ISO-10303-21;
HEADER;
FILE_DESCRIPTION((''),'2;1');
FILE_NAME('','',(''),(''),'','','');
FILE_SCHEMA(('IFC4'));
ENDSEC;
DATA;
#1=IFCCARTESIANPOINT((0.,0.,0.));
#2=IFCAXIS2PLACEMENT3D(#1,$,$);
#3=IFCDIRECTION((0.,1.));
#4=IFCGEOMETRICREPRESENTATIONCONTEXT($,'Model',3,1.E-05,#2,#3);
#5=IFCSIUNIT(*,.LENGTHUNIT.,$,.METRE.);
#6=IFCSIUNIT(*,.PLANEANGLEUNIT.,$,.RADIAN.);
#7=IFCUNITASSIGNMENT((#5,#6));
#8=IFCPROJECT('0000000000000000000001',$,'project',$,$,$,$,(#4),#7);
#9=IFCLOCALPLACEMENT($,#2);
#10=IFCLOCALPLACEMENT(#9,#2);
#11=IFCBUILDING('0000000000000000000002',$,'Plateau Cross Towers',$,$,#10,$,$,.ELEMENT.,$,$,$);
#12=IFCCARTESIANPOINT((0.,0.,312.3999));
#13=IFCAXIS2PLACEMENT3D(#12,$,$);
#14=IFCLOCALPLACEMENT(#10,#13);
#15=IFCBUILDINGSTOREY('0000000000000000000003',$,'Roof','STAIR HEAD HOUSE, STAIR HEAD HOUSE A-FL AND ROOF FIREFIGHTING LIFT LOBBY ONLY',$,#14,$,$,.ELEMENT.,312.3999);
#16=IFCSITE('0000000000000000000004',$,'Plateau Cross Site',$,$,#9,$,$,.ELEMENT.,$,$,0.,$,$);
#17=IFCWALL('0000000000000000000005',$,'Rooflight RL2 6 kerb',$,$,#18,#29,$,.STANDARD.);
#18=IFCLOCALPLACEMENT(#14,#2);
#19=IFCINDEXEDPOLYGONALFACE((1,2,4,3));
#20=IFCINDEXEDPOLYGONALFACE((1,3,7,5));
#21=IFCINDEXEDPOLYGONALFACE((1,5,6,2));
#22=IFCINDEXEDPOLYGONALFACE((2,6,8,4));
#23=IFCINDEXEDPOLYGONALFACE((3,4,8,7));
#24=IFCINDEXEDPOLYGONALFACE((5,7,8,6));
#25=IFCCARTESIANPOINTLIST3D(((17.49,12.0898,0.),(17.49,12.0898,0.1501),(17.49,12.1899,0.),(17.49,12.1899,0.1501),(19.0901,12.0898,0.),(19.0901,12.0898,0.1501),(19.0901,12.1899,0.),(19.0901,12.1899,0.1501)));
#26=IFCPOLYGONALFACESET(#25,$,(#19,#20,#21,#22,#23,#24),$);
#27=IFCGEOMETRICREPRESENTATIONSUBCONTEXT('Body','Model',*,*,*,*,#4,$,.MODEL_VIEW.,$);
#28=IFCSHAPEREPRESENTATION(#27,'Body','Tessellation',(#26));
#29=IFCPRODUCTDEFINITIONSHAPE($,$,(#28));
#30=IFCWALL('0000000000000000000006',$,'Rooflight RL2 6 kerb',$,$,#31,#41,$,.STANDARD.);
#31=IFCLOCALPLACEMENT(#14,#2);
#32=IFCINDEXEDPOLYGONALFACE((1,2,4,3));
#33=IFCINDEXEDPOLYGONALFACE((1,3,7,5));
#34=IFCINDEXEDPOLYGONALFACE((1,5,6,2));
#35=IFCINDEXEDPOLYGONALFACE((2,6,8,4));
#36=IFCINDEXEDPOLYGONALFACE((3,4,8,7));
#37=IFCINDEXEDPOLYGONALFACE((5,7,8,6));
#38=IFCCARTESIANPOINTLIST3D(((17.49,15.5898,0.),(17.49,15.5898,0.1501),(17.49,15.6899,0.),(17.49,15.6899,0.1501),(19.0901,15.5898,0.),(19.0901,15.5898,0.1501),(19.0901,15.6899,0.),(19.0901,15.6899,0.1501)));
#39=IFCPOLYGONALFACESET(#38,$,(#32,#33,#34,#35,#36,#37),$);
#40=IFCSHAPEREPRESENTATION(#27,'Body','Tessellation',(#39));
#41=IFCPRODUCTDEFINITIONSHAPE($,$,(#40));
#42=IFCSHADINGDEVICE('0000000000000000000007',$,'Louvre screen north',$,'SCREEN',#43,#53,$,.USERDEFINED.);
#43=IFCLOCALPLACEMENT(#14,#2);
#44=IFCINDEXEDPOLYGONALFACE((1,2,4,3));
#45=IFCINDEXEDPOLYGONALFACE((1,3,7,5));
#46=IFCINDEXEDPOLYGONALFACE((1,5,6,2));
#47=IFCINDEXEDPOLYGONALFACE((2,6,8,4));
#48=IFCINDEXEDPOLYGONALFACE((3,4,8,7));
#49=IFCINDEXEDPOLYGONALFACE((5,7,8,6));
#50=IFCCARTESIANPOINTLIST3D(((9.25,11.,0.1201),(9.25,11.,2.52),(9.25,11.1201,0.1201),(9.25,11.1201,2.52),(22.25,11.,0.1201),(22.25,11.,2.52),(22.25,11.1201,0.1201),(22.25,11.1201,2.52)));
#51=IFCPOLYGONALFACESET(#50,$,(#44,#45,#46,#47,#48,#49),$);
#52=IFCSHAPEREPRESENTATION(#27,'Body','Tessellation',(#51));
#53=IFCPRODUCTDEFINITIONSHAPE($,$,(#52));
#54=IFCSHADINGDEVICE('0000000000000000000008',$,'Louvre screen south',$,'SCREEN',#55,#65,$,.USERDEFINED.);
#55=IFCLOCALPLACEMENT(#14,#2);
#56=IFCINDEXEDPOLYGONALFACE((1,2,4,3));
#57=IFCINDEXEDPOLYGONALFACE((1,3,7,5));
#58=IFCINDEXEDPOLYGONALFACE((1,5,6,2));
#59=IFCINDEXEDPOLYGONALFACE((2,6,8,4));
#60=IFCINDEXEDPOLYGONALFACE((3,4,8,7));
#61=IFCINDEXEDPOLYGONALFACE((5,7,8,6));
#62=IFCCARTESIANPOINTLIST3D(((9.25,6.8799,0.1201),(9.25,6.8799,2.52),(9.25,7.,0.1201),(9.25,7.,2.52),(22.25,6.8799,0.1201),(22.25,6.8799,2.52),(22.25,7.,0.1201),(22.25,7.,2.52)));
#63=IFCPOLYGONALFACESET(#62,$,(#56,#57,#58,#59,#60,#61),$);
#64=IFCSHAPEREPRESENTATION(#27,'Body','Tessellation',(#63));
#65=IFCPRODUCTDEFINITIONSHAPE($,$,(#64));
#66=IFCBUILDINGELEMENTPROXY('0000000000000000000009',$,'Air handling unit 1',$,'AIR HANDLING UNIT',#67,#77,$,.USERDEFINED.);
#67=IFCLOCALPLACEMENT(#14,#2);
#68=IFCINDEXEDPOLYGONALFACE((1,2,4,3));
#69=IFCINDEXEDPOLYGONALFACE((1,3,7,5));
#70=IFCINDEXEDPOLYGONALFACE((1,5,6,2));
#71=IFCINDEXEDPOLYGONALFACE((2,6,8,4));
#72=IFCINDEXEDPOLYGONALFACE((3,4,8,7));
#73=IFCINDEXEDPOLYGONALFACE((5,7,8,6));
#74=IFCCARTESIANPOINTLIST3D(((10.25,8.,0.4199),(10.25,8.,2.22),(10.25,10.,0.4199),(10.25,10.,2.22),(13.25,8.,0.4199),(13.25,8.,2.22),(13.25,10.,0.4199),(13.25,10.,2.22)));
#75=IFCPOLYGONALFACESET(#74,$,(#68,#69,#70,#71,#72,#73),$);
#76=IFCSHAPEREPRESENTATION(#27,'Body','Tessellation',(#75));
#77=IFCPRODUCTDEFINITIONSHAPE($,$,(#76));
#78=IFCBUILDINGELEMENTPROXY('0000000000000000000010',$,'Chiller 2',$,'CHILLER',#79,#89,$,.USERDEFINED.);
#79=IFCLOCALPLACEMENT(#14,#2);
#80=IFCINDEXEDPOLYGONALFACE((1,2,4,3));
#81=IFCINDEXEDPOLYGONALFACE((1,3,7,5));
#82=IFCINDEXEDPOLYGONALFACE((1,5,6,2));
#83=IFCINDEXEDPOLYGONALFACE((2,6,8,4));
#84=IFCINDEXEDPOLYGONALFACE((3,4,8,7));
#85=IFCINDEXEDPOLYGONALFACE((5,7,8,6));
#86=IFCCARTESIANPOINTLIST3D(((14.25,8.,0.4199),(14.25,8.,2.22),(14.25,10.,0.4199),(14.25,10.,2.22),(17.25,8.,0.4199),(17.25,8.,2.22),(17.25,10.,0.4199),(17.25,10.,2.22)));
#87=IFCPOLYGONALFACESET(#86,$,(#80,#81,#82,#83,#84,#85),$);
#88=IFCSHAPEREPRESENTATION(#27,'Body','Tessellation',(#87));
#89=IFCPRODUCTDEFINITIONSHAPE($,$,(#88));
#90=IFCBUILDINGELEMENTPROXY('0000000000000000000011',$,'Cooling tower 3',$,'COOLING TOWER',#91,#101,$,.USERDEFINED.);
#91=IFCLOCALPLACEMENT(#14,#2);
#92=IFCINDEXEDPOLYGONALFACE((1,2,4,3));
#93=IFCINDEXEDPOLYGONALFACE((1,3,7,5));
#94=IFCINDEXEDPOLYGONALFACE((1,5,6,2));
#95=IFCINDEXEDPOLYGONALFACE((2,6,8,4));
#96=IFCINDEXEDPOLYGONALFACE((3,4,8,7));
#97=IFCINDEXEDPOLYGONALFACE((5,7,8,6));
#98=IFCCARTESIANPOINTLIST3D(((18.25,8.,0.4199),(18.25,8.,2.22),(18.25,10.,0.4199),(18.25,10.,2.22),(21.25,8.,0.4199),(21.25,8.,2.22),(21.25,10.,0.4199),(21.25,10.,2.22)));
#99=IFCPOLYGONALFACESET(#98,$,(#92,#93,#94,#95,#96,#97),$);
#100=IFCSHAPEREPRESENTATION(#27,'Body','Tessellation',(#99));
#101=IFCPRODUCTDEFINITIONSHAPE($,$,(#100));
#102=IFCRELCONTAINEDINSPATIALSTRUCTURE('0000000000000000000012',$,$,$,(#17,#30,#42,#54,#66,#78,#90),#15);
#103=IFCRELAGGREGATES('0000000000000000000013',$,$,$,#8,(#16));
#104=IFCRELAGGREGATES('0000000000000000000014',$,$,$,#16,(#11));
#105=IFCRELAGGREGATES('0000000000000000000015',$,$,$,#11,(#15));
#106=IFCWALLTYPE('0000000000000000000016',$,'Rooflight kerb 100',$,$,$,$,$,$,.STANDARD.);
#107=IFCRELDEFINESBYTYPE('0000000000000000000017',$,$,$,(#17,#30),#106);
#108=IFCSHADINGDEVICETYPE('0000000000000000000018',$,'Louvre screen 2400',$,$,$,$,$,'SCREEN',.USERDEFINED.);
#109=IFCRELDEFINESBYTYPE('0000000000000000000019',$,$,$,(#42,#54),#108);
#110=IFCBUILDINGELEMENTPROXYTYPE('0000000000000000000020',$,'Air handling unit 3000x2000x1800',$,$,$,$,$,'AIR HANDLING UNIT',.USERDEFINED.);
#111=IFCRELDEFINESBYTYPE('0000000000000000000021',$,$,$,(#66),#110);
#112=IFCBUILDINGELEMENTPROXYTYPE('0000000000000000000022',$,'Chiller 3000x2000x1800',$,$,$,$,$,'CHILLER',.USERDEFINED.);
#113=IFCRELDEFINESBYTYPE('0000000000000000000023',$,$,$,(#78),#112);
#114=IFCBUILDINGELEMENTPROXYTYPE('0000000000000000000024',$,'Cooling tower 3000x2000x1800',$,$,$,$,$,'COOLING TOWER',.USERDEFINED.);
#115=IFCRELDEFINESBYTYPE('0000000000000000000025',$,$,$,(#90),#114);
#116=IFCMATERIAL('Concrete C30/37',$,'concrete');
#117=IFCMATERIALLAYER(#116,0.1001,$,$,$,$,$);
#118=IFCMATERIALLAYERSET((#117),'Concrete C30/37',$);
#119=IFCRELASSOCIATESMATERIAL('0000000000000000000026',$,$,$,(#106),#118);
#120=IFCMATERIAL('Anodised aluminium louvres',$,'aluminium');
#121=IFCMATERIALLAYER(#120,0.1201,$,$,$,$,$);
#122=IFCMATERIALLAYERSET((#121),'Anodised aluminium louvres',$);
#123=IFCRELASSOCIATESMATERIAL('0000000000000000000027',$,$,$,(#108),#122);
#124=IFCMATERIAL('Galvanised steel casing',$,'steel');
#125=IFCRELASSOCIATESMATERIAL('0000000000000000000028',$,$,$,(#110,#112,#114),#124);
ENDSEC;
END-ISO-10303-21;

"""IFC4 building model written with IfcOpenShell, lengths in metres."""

from ifc_helpers import new_model, si_unit, direction, frame, frame_2d, origin, origin_2d, place, context, subcontext, project, spatial, rectangle, extrude, material, layer, layer_set, type_object, element, save


model = new_model("IFC4")

# Units and contexts
model_context = context("Model", 3, precision=1e-05, world=origin(), true_north=direction((0.0, 1.0)))
body_context = subcontext(model_context, "Body", "Model", "MODEL_VIEW")
ifc_project = project(units=[si_unit("LENGTHUNIT", "METRE"), si_unit("PLANEANGLEUNIT", "RADIAN")], contexts=[model_context])

# Site, building, storey
site_placement = place(None, origin())
site = spatial("IfcSite", under=ifc_project, at=site_placement, Name="Plateau Cross Site", CompositionType="ELEMENT", RefElevation=0.0)
building_placement = place(site_placement, origin())
building = spatial("IfcBuilding", under=site, at=building_placement, Name="Plateau Cross Towers", CompositionType="ELEMENT")
storey_placement = place(building_placement, frame((0.0, 0.0, 312.3999)))
storey = spatial("IfcBuildingStorey", under=building, at=storey_placement, Name="Roof", Description="STAIR HEAD HOUSE, STAIR HEAD HOUSE A-FL AND ROOF FIREFIGHTING LIFT LOBBY ONLY", CompositionType="ELEMENT", Elevation=312.3999)

# Walls
ifc_material_1 = material(Name="Concrete C30/37", Category="concrete")
ifc_layer_1 = layer(ifc_material_1, 0.1001)
ifc_layer_set_1 = layer_set([ifc_layer_1], Name="Concrete C30/37")
wall_type_1 = type_object("IfcWallType", Name="Rooflight kerb 100", PredefinedType="STANDARD", material=ifc_layer_set_1)
for number, where, z_axis, x_axis, name in (
    (1, (17.49, 12.1399, 0.0), (0.0, 0.0, 1.0), (1.0, 0.0, 0.0), "Rooflight RL2 6 kerb"),
    (2, (17.49, 15.6399, 0.0), (0.0, 0.0, 1.0), (1.0, 0.0, 0.0), "Rooflight RL2 6 kerb"),
):
    element("IfcWall", number, at=place(storey_placement, frame(where, z_axis=z_axis, x_axis=x_axis)), inside=storey, type_object=wall_type_1, Name=name, PredefinedType="STANDARD", context=body_context, shape_type="SweptSolid", body=[
        extrude(rectangle(XDim=1.6001, YDim=0.1001, at=frame_2d((0.8, 0.0))), origin(), (0.0, 0.0, 1.0), 0.1501),
    ])

# Shading devices
ifc_material_2 = material(Name="Anodised aluminium louvres", Category="aluminium")
ifc_layer_2 = layer(ifc_material_2, 0.1201)
ifc_layer_set_2 = layer_set([ifc_layer_2], Name="Anodised aluminium louvres")
shading_device_type = type_object("IfcShadingDeviceType", Name="Louvre screen 2400", ElementType="SCREEN", PredefinedType="USERDEFINED", material=ifc_layer_set_2)
for number, where, z_axis, x_axis, name in (
    (3, (15.75, 11.0601, 0.1201), (0.0, 0.0, 1.0), (1.0, 0.0, 0.0), "Louvre screen north"),
    (4, (15.75, 6.9399, 0.1201), (0.0, 0.0, 1.0), (1.0, 0.0, 0.0), "Louvre screen south"),
):
    element("IfcShadingDevice", number, at=place(storey_placement, frame(where, z_axis=z_axis, x_axis=x_axis)), inside=storey, type_object=shading_device_type, Name=name, ObjectType="SCREEN", PredefinedType="USERDEFINED", context=body_context, shape_type="SweptSolid", body=[
        extrude(rectangle(XDim=13.0, YDim=0.1201, at=origin_2d()), origin(), (0.0, 0.0, 1.0), 2.3999),
    ])

# Building element proxies
ifc_material_3 = material(Name="Galvanised steel casing", Category="steel")
building_element_proxy_type_1 = type_object("IfcBuildingElementProxyType", Name="Air handling unit 3000x2000x1800", ElementType="AIR HANDLING UNIT", PredefinedType="USERDEFINED", material=ifc_material_3)
proxy_1_placement = place(storey_placement, frame((11.75, 9.0, 0.4199), z_axis=(0.0, 0.0, 1.0), x_axis=(1.0, 0.0, 0.0)))
element("IfcBuildingElementProxy", 5, at=proxy_1_placement, inside=storey, type_object=building_element_proxy_type_1, Name="Air handling unit 1", ObjectType="AIR HANDLING UNIT", PredefinedType="USERDEFINED", context=body_context, shape_type="SweptSolid", body=[
    extrude(rectangle(XDim=3.0, YDim=2.0, at=origin_2d()), origin(), (0.0, 0.0, 1.0), 1.8),
])
building_element_proxy_type_2 = type_object("IfcBuildingElementProxyType", Name="Chiller 3000x2000x1800", ElementType="CHILLER", PredefinedType="USERDEFINED", material=ifc_material_3)
proxy_2_placement = place(storey_placement, frame((15.75, 9.0, 0.4199), z_axis=(0.0, 0.0, 1.0), x_axis=(1.0, 0.0, 0.0)))
element("IfcBuildingElementProxy", 6, at=proxy_2_placement, inside=storey, type_object=building_element_proxy_type_2, Name="Chiller 2", ObjectType="CHILLER", PredefinedType="USERDEFINED", context=body_context, shape_type="SweptSolid", body=[
    extrude(rectangle(XDim=3.0, YDim=2.0, at=origin_2d()), origin(), (0.0, 0.0, 1.0), 1.8),
])
building_element_proxy_type_3 = type_object("IfcBuildingElementProxyType", Name="Cooling tower 3000x2000x1800", ElementType="COOLING TOWER", PredefinedType="USERDEFINED", material=ifc_material_3)
proxy_3_placement = place(storey_placement, frame((19.75, 9.0, 0.4199), z_axis=(0.0, 0.0, 1.0), x_axis=(1.0, 0.0, 0.0)))
element("IfcBuildingElementProxy", 7, at=proxy_3_placement, inside=storey, type_object=building_element_proxy_type_3, Name="Cooling tower 3", ObjectType="COOLING TOWER", PredefinedType="USERDEFINED", context=body_context, shape_type="SweptSolid", body=[
    extrude(rectangle(XDim=3.0, YDim=2.0, at=origin_2d()), origin(), (0.0, 0.0, 1.0), 1.8),
])

save(model, "model.ifc")
